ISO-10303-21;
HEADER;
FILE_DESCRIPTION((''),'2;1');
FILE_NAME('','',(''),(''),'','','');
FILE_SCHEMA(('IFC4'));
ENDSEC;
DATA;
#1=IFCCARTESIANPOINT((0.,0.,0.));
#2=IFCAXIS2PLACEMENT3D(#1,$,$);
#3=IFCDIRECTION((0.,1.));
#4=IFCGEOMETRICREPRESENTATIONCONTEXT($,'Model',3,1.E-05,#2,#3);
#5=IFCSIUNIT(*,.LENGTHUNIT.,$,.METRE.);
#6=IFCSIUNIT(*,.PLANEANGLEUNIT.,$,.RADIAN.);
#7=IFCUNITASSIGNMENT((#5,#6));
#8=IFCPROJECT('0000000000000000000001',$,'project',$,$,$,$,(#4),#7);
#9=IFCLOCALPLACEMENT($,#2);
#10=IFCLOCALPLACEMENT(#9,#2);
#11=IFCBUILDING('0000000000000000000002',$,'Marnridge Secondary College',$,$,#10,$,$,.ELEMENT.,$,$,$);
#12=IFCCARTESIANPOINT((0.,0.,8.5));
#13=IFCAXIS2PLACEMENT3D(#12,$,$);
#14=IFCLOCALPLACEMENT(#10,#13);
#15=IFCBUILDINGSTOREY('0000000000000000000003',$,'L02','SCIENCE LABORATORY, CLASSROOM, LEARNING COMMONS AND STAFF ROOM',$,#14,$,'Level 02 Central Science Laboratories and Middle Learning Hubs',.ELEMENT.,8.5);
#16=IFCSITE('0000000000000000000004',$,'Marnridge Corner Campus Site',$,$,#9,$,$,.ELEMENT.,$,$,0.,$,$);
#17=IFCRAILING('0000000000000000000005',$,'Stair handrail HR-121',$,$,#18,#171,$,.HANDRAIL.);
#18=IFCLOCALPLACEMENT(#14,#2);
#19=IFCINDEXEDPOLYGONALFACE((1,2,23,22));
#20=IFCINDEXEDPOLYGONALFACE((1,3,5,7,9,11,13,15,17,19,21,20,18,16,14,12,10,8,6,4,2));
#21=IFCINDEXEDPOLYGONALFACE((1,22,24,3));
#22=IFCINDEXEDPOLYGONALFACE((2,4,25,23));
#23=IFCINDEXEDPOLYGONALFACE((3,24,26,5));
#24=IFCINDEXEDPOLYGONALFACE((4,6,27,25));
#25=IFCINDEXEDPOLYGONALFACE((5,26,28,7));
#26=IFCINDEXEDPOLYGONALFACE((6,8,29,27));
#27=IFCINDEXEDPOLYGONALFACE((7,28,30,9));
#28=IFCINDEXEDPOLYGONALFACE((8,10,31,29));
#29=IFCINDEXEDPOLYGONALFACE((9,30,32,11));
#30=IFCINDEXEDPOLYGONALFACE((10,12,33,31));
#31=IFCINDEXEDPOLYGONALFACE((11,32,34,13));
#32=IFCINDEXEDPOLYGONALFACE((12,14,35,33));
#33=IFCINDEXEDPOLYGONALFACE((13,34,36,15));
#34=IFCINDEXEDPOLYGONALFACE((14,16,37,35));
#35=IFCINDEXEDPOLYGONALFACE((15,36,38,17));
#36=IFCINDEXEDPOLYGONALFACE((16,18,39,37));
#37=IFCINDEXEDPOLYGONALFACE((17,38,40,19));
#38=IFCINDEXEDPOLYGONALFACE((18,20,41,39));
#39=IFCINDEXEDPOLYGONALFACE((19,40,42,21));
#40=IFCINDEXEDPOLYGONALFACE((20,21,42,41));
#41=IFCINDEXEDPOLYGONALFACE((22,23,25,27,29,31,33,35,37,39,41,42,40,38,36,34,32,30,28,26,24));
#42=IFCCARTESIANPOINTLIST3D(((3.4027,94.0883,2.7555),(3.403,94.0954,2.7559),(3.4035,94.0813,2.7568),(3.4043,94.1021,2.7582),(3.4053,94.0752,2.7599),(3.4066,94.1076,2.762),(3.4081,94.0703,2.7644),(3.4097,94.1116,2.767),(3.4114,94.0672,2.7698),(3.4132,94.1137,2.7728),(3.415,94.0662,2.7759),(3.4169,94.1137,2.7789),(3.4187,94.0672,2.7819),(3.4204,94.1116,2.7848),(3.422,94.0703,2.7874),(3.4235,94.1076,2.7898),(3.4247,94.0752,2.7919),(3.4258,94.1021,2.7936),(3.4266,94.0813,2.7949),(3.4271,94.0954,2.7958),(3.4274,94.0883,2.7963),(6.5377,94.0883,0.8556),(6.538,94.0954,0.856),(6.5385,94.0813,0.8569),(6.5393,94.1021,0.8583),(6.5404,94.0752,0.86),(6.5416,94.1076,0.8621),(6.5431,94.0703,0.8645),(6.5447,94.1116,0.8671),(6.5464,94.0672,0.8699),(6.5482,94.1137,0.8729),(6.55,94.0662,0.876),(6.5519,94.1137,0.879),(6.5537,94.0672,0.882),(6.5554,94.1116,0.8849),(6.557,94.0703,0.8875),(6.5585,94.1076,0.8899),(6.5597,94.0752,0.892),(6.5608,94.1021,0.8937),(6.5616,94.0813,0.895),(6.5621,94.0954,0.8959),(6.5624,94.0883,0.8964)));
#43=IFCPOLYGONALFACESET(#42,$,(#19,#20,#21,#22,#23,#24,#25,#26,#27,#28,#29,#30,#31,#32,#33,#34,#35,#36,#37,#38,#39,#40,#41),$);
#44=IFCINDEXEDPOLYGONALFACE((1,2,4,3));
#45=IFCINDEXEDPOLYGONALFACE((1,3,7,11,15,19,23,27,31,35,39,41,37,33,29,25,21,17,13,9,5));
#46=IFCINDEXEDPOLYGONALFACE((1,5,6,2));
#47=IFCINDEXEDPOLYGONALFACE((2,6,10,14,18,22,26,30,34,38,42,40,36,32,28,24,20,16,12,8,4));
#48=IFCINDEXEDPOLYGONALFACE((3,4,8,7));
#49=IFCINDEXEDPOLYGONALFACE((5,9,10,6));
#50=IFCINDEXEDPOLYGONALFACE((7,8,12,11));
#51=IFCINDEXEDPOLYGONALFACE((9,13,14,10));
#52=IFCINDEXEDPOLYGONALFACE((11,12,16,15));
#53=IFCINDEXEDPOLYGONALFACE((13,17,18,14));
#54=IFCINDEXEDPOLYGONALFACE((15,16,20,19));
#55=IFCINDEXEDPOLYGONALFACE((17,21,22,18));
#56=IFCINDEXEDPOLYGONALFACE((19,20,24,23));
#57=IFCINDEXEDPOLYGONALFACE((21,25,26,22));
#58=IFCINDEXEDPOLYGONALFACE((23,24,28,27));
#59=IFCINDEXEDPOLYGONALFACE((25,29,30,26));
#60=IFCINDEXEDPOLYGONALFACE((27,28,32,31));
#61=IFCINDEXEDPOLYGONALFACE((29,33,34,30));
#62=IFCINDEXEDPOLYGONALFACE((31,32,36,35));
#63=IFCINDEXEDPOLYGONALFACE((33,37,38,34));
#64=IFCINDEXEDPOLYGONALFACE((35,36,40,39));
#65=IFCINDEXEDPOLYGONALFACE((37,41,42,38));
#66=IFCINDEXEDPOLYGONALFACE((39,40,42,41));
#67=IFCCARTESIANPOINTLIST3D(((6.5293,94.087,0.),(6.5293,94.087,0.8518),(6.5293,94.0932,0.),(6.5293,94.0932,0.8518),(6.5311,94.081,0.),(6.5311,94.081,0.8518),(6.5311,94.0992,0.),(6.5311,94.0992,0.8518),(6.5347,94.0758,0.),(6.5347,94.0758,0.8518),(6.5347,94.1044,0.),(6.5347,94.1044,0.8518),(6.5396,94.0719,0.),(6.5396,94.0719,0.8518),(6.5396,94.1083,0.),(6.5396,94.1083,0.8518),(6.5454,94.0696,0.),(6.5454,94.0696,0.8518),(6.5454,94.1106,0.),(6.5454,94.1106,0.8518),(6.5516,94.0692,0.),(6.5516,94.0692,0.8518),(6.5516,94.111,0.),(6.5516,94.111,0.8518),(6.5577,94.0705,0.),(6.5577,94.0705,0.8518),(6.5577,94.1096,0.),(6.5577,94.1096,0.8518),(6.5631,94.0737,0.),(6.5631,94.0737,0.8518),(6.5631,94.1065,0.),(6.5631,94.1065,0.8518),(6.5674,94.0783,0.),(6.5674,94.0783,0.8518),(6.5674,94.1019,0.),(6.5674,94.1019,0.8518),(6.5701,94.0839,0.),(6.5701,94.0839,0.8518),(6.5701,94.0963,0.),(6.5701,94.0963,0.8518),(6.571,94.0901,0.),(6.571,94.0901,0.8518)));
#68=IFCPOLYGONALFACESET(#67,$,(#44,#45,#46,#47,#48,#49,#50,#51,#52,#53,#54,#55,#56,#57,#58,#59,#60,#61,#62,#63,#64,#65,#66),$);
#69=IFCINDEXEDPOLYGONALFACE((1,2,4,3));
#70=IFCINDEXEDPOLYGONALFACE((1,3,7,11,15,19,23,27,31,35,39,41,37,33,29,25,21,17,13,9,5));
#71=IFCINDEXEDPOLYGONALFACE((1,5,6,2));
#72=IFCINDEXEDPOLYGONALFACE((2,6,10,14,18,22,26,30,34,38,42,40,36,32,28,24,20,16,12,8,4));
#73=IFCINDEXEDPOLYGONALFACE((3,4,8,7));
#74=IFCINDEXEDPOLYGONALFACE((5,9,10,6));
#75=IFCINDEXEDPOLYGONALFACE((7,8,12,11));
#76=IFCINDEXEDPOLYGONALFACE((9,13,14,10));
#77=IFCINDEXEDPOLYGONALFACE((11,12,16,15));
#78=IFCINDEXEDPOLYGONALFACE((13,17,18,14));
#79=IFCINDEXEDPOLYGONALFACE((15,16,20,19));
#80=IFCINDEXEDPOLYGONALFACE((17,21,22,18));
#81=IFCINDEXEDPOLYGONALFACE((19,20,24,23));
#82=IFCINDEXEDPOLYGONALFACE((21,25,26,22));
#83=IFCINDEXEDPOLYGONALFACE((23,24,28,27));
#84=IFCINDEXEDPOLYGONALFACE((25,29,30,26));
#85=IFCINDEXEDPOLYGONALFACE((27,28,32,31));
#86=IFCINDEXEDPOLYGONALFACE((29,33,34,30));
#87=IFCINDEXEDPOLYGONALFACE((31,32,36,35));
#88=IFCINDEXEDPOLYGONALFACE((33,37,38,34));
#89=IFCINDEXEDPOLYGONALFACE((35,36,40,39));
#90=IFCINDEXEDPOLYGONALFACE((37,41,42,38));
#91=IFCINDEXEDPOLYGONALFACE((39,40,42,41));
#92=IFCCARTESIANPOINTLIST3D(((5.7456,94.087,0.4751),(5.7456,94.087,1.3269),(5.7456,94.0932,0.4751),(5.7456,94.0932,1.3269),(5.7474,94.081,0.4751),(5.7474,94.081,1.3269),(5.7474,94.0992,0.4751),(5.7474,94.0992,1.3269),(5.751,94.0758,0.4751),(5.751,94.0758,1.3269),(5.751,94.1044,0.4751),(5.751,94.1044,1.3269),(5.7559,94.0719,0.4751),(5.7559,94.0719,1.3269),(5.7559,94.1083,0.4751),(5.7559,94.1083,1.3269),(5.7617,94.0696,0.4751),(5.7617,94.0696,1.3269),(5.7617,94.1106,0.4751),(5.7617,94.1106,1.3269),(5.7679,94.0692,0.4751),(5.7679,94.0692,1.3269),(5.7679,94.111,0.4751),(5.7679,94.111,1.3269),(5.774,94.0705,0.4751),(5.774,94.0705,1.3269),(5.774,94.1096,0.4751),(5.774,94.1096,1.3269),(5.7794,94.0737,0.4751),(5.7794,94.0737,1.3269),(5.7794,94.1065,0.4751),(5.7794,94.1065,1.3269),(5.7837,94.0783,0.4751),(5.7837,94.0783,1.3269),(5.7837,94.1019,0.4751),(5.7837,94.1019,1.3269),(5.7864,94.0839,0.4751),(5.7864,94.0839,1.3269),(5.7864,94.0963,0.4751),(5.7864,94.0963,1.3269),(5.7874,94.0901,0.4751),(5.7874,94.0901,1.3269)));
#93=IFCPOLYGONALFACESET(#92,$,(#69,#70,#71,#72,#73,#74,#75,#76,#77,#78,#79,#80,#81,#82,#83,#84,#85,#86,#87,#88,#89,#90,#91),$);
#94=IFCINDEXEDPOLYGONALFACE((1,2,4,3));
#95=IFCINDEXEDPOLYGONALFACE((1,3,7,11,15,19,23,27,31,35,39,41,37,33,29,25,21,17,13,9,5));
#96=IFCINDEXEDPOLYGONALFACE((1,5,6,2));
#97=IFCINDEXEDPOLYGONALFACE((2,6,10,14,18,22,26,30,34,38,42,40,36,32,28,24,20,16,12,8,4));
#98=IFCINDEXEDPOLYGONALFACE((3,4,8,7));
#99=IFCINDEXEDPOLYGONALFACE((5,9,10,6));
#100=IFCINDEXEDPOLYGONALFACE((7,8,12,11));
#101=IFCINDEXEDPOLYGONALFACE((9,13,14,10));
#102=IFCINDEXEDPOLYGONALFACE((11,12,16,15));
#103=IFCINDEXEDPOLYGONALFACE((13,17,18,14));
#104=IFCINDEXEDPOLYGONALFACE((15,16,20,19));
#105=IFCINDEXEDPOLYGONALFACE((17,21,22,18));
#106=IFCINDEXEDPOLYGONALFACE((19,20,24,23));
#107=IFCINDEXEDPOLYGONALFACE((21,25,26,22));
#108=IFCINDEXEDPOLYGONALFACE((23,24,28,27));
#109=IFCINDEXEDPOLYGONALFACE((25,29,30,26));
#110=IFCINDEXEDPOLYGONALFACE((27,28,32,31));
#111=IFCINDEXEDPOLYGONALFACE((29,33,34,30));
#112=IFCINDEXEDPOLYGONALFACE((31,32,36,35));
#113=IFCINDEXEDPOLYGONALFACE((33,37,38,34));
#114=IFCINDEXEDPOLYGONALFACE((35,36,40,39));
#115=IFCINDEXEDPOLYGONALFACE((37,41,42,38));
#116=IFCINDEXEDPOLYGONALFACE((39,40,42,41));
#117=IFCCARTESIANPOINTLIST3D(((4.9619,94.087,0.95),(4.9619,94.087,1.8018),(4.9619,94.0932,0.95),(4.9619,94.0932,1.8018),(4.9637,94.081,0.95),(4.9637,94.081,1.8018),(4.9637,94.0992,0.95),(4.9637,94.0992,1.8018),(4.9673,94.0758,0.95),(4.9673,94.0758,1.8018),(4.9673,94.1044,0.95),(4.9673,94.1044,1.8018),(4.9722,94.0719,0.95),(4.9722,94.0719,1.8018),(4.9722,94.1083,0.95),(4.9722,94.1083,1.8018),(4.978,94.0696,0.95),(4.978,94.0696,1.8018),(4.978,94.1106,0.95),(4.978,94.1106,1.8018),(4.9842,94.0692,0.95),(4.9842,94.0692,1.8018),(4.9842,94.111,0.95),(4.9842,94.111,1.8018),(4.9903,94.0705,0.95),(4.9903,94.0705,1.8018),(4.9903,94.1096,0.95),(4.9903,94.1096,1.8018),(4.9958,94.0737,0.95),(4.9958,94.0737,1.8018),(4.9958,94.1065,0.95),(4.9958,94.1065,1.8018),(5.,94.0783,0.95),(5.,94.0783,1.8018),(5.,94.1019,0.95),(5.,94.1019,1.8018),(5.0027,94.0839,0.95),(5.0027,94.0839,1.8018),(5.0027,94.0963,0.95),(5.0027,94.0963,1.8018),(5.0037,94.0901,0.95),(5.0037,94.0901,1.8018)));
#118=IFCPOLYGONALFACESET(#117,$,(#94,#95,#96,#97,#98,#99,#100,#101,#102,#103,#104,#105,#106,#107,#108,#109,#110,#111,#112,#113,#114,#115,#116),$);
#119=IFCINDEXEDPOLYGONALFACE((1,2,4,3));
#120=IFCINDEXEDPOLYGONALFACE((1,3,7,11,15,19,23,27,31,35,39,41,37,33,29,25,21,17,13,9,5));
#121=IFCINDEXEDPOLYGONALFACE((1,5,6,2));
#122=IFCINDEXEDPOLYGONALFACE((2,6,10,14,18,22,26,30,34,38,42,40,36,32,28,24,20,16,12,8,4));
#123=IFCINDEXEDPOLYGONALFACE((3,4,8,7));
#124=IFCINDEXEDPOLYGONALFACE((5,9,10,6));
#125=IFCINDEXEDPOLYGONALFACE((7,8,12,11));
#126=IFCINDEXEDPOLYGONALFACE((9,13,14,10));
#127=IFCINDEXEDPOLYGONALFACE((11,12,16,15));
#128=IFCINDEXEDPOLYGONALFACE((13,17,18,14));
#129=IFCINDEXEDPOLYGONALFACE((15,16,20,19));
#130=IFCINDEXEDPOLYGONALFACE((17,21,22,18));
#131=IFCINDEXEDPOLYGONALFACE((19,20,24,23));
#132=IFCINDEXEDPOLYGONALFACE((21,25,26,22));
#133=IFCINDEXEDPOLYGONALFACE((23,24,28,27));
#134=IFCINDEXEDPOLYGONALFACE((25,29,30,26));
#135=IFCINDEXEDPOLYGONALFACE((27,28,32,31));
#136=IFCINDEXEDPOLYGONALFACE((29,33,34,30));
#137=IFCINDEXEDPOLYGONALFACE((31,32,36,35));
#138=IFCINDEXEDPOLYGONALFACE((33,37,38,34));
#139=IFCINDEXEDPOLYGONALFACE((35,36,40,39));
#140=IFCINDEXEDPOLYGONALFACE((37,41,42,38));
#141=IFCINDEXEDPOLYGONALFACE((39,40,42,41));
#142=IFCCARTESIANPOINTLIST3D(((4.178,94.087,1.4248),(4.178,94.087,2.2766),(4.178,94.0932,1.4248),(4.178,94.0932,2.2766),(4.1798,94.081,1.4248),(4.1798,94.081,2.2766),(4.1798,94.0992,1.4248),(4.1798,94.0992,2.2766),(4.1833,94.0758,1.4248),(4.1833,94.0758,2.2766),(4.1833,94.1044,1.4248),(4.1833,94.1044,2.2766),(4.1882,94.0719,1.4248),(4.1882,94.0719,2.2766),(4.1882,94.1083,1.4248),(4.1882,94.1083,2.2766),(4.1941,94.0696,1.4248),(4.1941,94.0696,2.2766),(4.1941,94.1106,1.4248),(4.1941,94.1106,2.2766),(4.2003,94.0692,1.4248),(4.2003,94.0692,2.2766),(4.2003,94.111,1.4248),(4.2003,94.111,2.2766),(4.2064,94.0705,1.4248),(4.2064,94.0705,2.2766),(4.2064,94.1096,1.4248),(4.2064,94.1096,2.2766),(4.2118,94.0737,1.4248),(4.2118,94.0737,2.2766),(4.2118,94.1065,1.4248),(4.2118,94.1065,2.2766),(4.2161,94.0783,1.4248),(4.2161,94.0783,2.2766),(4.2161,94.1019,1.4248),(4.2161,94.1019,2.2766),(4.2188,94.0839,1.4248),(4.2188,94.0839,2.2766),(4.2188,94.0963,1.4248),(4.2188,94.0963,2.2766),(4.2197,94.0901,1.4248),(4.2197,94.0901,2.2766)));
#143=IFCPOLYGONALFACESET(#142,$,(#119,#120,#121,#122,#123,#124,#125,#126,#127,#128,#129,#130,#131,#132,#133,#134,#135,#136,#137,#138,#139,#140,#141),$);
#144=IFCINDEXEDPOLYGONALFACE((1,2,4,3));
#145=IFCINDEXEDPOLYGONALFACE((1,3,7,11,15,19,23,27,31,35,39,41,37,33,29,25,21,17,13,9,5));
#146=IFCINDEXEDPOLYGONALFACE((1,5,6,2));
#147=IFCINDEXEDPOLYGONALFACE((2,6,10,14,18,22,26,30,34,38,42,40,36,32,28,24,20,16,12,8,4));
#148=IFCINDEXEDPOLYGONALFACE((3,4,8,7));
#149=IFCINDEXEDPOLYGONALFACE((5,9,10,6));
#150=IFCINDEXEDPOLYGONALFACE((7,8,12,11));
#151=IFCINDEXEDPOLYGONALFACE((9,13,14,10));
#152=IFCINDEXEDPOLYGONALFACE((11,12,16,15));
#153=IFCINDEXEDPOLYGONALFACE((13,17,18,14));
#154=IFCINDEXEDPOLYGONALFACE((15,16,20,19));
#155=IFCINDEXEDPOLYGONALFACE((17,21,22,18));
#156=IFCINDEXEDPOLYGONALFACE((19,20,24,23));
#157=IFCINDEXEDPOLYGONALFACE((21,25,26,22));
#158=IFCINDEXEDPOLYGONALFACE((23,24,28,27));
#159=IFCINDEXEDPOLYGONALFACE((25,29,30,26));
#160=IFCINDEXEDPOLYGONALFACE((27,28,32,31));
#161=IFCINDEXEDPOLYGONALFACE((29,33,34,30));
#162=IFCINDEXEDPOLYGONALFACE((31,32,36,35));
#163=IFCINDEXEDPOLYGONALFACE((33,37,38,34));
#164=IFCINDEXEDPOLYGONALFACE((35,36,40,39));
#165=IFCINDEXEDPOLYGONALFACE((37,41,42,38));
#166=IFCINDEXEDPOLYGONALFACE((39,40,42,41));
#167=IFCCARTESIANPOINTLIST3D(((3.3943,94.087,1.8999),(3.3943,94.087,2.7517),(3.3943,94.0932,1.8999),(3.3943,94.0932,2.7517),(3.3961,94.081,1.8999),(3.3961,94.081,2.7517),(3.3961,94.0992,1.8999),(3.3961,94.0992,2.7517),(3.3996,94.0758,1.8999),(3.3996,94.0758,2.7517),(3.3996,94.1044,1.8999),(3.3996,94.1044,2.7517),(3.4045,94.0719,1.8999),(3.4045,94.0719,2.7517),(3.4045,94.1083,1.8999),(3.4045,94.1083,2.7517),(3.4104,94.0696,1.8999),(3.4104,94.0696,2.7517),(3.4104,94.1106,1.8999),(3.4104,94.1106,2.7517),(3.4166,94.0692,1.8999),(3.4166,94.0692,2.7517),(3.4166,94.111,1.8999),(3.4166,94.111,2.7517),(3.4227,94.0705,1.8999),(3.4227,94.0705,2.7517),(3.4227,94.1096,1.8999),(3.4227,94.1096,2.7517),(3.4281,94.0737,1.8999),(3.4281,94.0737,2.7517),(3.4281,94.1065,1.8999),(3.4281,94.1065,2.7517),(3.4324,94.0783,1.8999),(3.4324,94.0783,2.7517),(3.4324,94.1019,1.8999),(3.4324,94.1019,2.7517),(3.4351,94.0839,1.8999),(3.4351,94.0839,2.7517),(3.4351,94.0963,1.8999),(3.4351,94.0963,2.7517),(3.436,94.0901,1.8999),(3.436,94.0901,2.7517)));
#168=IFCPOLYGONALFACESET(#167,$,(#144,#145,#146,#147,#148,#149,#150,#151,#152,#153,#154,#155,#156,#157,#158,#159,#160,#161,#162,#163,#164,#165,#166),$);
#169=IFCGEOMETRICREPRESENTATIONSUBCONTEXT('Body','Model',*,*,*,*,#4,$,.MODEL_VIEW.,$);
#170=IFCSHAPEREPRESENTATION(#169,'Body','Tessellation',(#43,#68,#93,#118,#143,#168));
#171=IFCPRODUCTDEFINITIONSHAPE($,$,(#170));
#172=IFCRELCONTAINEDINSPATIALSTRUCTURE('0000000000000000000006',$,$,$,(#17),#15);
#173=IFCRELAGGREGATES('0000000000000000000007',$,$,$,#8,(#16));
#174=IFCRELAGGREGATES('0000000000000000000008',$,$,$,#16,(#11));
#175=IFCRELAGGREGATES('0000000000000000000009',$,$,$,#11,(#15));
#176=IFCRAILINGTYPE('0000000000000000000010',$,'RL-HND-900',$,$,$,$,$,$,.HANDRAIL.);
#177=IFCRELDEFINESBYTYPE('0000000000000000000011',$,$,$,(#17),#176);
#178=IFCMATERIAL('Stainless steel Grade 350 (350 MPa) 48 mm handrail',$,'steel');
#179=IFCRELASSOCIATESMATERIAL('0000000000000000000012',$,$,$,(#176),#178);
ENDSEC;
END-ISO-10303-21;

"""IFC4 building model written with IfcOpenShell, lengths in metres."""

from ifc_helpers import new_model, si_unit, direction, frame, origin, origin_2d, place, context, subcontext, project, spatial, circle, extrude, material, type_object, element, save


model = new_model("IFC4")

# Units and contexts
model_context = context("Model", 3, precision=1e-05, world=origin(), true_north=direction((0.0, 1.0)))
body_context = subcontext(model_context, "Body", "Model", "MODEL_VIEW")
ifc_project = project(units=[si_unit("LENGTHUNIT", "METRE"), si_unit("PLANEANGLEUNIT", "RADIAN")], contexts=[model_context])

# Site, building, storey
site_placement = place(None, origin())
site = spatial("IfcSite", under=ifc_project, at=site_placement, Name="Marnridge Corner Campus Site", CompositionType="ELEMENT", RefElevation=0.0)
building_placement = place(site_placement, origin())
building = spatial("IfcBuilding", under=site, at=building_placement, Name="Marnridge Secondary College", CompositionType="ELEMENT")
storey_placement = place(building_placement, frame((0.0, 0.0, 8.5)))
storey = spatial("IfcBuildingStorey", under=building, at=storey_placement, Name="L02", Description="SCIENCE LABORATORY, CLASSROOM, LEARNING COMMONS AND STAFF ROOM", LongName="Level 02 Central Science Laboratories and Middle Learning Hubs", CompositionType="ELEMENT", Elevation=8.5)

# Railing
ifc_material_1 = material(Name="Stainless steel Grade 350 (350 MPa) 48 mm handrail", Category="steel")
railing_type_1 = type_object("IfcRailingType", Name="RL-HND-900", PredefinedType="HANDRAIL", material=ifc_material_1)
railing_1_placement = place(storey_placement, frame((6.55, 94.0901, 0.0)))
element("IfcRailing", 1, at=railing_1_placement, inside=storey, type_object=railing_type_1, Name="Stair handrail HR-121", PredefinedType="HANDRAIL", context=body_context, shape_type="SweptSolid", body=[
    extrude(circle(Radius=0.0239, at=origin_2d()), frame((0.0, 0.0, 0.876), z_axis=(-0.85521, 0.0, 0.518281), x_axis=(0.0, -1.0, 0.0)), (0.0, 0.0, 1.0), 3.6658),
    extrude(circle(Radius=0.021, at=origin_2d()), origin(), (0.0, 0.0, 1.0), 0.8518),
    extrude(circle(Radius=0.021, at=origin_2d()), frame((-0.7837, 0.0, 0.4751)), (0.0, 0.0, 1.0), 0.8518),
    extrude(circle(Radius=0.021, at=origin_2d()), frame((-1.5674, 0.0, 0.95)), (0.0, 0.0, 1.0), 0.8518),
    extrude(circle(Radius=0.021, at=origin_2d()), frame((-2.3513, 0.0, 1.4248)), (0.0, 0.0, 1.0), 0.8518),
    extrude(circle(Radius=0.021, at=origin_2d()), frame((-3.135, 0.0, 1.8999)), (0.0, 0.0, 1.0), 0.8518),
])

save(model, "model.ifc")
